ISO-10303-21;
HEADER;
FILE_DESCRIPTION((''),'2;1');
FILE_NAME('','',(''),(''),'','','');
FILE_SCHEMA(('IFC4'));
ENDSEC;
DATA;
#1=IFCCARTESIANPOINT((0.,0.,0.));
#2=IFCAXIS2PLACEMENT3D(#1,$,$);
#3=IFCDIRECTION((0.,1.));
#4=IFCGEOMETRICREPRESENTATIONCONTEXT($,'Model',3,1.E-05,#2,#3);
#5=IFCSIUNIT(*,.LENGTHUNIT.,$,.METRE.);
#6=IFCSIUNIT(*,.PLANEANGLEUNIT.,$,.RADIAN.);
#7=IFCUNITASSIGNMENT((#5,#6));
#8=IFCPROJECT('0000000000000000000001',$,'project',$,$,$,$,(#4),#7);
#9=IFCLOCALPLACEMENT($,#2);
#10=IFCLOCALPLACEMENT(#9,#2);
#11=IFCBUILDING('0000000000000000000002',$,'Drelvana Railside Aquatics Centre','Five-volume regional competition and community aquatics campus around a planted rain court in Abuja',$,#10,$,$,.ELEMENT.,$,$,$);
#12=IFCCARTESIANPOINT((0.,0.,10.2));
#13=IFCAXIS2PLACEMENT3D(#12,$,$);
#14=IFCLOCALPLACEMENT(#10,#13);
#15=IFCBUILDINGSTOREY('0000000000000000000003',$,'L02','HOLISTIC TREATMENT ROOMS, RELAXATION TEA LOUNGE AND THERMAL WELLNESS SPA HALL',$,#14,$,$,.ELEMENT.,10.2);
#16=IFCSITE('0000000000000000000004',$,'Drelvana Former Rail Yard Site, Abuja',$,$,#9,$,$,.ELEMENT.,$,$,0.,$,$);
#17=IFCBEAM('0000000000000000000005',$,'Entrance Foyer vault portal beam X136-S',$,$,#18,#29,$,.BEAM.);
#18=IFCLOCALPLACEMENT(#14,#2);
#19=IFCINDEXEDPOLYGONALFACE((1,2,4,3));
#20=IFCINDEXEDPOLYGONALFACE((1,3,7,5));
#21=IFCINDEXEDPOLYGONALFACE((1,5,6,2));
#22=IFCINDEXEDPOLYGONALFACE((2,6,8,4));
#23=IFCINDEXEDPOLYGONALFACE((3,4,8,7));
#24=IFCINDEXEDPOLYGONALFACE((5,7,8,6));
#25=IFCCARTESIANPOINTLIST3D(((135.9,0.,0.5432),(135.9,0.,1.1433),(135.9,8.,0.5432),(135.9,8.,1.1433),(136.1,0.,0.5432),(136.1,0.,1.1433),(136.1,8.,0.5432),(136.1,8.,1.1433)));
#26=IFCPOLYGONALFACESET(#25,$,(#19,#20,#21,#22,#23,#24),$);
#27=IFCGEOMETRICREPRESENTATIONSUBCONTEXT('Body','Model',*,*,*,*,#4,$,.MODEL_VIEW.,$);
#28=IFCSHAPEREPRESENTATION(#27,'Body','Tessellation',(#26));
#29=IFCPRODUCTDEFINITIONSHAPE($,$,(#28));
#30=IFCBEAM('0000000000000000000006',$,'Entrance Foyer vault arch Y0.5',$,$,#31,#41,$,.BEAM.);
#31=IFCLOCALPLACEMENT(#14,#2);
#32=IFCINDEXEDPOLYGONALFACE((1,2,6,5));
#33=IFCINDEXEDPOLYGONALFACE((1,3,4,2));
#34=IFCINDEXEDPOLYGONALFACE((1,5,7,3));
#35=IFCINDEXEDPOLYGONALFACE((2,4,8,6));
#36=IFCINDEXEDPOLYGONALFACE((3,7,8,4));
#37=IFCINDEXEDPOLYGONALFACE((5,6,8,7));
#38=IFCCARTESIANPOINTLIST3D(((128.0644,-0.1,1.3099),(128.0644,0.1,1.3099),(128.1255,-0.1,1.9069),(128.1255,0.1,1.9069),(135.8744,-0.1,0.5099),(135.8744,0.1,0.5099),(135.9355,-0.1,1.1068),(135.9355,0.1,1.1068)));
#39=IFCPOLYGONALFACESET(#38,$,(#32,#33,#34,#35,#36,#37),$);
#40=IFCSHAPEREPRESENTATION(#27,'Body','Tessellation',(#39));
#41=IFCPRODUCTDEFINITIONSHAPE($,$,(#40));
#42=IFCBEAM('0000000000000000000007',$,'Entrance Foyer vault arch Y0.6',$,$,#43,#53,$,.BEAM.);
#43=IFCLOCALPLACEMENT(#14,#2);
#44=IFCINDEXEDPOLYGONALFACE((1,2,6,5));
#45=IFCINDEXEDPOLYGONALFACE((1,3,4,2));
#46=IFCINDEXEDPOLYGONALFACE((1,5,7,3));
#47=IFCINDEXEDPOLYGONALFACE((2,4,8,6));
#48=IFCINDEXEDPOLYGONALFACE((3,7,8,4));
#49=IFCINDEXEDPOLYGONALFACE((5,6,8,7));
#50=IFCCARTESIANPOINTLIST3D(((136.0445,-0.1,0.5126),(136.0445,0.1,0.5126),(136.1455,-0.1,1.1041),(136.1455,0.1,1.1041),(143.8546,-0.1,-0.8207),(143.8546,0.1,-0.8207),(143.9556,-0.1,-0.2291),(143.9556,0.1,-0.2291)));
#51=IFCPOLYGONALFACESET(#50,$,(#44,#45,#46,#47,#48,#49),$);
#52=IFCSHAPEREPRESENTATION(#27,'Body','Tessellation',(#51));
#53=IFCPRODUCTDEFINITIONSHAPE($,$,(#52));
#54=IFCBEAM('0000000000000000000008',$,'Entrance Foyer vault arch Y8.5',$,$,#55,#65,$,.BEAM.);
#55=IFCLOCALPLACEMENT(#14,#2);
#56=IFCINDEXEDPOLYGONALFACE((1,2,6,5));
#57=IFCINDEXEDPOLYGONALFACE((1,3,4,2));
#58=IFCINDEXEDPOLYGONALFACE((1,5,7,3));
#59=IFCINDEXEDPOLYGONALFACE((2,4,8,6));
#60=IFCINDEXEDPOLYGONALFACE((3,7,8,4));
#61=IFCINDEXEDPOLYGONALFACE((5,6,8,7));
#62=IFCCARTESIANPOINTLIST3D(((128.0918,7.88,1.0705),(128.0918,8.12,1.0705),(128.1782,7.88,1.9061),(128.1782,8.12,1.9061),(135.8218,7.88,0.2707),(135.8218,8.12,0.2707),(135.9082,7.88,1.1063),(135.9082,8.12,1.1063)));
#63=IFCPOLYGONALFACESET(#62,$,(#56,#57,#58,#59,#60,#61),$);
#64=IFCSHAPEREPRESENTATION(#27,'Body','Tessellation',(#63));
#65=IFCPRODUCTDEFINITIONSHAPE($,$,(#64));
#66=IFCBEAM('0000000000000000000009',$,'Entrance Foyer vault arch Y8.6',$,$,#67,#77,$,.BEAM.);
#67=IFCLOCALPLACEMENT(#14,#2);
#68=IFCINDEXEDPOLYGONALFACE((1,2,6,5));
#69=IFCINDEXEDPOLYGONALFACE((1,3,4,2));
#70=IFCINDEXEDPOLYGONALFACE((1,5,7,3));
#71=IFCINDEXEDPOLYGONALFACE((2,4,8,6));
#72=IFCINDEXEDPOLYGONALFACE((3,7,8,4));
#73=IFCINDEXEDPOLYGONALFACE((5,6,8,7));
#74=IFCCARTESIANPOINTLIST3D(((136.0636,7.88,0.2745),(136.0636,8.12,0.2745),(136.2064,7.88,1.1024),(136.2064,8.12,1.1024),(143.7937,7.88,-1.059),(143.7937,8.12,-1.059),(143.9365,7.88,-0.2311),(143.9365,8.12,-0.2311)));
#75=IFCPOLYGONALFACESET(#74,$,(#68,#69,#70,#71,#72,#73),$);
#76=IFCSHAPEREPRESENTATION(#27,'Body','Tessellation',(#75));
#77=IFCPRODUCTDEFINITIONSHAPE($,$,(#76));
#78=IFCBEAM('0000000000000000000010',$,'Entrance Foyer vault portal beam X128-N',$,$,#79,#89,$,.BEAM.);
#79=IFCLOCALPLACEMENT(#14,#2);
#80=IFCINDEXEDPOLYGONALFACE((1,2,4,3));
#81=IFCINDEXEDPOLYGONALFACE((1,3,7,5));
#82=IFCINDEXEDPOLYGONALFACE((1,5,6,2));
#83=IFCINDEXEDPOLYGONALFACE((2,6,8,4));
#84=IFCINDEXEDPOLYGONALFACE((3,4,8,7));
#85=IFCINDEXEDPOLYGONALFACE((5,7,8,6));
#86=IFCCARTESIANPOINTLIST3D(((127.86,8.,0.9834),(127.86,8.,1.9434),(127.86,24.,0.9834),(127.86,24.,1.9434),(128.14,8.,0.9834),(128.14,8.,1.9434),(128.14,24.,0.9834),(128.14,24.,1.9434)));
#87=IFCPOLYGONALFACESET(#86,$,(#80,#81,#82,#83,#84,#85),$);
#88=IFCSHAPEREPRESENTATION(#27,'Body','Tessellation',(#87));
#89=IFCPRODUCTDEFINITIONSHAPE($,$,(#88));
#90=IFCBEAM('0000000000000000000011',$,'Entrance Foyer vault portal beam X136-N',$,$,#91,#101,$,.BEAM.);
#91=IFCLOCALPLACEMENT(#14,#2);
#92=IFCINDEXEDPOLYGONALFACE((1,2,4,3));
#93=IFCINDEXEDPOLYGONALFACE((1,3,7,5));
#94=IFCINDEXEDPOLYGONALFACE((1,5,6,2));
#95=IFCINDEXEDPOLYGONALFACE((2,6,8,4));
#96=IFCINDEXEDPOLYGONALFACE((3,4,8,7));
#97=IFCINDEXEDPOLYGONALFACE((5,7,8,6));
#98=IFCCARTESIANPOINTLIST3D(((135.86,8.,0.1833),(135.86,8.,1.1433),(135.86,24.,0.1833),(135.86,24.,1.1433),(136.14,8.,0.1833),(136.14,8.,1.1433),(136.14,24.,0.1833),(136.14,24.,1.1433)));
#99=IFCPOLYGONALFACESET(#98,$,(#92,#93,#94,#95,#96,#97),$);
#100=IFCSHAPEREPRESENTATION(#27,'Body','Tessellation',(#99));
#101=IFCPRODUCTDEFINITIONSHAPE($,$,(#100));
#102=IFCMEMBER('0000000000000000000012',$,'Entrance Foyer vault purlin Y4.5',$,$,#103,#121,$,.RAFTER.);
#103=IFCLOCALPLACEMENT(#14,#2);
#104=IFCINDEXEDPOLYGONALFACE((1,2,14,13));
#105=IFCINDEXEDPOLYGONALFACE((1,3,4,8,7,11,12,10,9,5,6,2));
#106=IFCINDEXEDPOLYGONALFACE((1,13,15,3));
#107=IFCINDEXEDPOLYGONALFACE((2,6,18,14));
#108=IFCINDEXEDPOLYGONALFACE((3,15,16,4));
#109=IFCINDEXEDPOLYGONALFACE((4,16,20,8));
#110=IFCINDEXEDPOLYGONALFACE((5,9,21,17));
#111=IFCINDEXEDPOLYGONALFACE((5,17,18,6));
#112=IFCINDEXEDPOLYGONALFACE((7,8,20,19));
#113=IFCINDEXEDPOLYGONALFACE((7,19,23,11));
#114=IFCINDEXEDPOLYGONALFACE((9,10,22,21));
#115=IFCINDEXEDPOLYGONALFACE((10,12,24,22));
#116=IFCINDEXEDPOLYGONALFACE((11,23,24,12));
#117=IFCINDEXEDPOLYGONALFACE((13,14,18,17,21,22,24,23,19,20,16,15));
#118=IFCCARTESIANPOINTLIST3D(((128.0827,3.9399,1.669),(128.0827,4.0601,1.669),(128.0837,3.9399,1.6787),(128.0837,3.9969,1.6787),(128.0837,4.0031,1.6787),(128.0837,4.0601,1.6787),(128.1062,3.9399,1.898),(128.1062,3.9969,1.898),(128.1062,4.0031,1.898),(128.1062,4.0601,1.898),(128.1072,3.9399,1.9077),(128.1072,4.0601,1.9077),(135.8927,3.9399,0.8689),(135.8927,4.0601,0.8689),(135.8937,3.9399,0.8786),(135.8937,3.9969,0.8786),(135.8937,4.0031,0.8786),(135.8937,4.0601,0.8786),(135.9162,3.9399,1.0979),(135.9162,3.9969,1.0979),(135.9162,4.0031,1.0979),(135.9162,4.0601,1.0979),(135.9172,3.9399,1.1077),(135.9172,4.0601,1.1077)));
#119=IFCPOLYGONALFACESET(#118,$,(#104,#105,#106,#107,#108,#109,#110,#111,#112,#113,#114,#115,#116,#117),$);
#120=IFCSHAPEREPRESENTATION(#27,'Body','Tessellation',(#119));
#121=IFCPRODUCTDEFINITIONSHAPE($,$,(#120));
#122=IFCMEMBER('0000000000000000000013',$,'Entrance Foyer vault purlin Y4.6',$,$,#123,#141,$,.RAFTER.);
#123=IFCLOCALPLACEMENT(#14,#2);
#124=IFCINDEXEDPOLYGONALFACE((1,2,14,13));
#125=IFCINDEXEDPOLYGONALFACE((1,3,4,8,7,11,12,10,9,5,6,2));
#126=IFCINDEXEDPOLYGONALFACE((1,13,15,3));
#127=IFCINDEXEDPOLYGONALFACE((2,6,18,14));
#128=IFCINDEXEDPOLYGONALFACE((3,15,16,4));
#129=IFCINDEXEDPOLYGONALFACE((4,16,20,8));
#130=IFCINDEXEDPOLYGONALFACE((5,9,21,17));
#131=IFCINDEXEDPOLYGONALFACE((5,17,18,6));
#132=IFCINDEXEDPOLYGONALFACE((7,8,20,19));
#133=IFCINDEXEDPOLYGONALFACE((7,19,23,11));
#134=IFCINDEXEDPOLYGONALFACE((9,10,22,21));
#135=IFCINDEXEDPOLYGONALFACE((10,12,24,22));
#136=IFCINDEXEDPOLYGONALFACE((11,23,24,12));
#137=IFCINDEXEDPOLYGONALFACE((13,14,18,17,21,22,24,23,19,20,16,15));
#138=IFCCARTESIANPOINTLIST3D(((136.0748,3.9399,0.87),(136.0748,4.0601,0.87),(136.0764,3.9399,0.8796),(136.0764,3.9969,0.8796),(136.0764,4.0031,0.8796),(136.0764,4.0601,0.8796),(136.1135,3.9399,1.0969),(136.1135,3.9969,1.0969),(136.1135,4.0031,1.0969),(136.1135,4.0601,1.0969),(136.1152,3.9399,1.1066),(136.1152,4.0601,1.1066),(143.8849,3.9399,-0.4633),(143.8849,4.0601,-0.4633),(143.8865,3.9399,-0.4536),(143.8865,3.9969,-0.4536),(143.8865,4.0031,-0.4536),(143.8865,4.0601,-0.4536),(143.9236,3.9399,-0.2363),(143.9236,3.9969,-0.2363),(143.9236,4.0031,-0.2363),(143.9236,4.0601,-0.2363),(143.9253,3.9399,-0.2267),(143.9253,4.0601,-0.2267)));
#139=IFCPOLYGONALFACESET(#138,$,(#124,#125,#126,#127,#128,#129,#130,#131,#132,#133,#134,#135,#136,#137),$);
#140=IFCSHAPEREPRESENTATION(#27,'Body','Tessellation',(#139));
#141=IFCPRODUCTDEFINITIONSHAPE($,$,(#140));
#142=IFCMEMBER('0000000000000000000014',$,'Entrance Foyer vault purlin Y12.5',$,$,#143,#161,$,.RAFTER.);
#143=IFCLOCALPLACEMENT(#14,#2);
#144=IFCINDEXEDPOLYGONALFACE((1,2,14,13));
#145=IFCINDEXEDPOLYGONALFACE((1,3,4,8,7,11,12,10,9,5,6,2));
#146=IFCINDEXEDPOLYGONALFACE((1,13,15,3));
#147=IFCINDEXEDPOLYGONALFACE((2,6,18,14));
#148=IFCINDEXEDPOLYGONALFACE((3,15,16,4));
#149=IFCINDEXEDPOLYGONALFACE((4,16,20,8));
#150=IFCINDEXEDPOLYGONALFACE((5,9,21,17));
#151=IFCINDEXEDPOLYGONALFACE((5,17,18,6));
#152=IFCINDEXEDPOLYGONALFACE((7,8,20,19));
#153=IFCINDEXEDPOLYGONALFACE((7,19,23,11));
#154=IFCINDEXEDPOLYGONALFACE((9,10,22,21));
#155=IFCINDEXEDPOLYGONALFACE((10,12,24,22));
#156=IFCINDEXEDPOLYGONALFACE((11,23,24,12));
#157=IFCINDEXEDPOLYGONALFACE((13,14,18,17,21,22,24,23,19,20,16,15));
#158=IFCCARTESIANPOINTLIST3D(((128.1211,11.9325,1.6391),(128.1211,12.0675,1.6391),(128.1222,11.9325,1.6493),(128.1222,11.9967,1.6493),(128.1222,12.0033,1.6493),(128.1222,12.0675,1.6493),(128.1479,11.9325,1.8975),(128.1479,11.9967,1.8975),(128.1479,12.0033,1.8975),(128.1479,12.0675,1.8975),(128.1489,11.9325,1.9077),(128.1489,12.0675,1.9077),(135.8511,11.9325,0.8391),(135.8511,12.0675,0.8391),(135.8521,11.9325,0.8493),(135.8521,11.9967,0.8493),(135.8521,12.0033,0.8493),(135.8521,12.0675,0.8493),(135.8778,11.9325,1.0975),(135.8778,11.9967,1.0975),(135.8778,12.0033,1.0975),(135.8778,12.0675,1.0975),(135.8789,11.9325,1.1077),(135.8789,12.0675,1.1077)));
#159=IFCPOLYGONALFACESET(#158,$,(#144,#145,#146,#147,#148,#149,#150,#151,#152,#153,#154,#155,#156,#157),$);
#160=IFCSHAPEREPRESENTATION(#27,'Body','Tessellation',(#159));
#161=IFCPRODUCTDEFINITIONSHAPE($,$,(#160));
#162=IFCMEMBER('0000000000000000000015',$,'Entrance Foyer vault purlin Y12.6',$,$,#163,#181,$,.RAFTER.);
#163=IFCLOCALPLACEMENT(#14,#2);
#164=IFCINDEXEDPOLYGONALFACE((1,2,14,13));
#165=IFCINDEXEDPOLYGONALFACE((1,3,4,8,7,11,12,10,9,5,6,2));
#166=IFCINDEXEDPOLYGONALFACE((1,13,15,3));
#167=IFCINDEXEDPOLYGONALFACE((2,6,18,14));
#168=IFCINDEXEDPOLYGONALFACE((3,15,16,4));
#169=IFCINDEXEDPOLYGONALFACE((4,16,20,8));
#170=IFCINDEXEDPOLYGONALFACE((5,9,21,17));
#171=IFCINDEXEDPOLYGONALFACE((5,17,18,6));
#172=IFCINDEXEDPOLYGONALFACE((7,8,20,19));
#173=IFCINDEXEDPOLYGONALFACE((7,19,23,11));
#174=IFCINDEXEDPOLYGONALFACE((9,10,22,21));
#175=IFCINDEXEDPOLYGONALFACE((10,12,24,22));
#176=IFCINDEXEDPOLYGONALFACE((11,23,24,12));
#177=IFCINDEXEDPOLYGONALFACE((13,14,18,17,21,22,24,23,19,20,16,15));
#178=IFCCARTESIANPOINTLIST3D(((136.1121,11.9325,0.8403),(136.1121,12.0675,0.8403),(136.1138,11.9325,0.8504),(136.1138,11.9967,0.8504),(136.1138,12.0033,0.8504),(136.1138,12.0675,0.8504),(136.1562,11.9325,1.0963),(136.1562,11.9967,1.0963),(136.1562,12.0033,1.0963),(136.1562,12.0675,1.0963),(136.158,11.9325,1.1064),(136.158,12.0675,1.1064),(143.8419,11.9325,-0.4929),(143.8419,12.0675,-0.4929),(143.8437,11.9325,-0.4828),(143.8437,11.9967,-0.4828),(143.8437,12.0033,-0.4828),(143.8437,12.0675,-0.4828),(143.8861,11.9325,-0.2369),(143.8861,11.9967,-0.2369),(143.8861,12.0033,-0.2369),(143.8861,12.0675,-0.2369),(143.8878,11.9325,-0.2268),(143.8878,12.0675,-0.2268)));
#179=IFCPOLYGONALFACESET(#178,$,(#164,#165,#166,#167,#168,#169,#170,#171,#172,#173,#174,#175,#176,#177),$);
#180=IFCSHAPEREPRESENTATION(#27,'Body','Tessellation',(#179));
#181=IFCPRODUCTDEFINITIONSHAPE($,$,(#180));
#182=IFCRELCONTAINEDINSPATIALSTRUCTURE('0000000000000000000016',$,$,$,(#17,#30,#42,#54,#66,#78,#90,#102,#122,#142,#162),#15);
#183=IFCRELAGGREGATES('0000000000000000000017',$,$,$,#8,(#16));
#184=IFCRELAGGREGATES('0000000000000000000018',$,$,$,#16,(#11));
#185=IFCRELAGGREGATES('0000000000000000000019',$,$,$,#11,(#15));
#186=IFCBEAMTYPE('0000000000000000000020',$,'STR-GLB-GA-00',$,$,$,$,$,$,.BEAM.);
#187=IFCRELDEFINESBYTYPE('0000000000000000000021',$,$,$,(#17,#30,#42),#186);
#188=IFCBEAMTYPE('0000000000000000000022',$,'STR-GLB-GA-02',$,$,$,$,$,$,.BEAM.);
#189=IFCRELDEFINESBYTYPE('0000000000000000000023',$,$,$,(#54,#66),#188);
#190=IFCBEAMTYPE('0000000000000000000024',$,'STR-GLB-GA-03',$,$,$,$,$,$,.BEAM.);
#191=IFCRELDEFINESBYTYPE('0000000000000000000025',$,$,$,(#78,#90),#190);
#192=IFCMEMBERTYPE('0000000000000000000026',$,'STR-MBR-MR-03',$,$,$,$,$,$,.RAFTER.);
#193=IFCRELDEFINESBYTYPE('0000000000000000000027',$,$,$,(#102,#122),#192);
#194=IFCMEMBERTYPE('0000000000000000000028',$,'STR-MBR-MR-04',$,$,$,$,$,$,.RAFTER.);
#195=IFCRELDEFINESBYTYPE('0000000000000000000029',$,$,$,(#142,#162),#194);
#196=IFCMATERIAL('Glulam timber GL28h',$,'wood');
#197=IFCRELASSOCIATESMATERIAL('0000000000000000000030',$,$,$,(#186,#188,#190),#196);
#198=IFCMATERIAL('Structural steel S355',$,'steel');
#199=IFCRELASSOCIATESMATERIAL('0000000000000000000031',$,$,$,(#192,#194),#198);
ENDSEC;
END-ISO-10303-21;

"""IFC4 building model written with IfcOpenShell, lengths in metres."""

from ifc_helpers import new_model, si_unit, direction, frame, origin, origin_2d, place, context, subcontext, project, spatial, rectangle, i_section, extrude, material, material_profile, profile_set, type_object, element, save


model = new_model("IFC4")

# Units and contexts
model_context = context("Model", 3, precision=1e-05, world=origin(), true_north=direction((0.0, 1.0)))
body_context = subcontext(model_context, "Body", "Model", "MODEL_VIEW")
ifc_project = project(units=[si_unit("LENGTHUNIT", "METRE"), si_unit("PLANEANGLEUNIT", "RADIAN")], contexts=[model_context])

# Site, building, storey
site_placement = place(None, origin())
site = spatial("IfcSite", under=ifc_project, at=site_placement, Name="Drelvana Former Rail Yard Site, Abuja", CompositionType="ELEMENT", RefElevation=0.0)
building_placement = place(site_placement, origin())
building = spatial("IfcBuilding", under=site, at=building_placement, Name="Drelvana Railside Aquatics Centre", Description="Five-volume regional competition and community aquatics campus around a planted rain court in Abuja", CompositionType="ELEMENT")
storey_placement = place(building_placement, frame((0.0, 0.0, 10.2)))
storey = spatial("IfcBuildingStorey", under=building, at=storey_placement, Name="L02", Description="HOLISTIC TREATMENT ROOMS, RELAXATION TEA LOUNGE AND THERMAL WELLNESS SPA HALL", CompositionType="ELEMENT", Elevation=10.2)

# Beams
ifc_material_1 = material(Name="Glulam timber GL28h", Category="wood")
ifc_material_profile_1 = material_profile(ifc_material_1, rectangle(XDim=0.2, YDim=0.6001, at=origin_2d()), Name="GL28h 200x600")
ifc_profile_set_1 = profile_set([ifc_material_profile_1], Name="Glulam timber GL28h")
beam_type_1 = type_object("IfcBeamType", Name="STR-GLB-GA-00", PredefinedType="BEAM", material=ifc_profile_set_1)
beam_1_placement = place(storey_placement, frame((136.0, 0.0, 0.8433), z_axis=(0.0, 1.0, 0.0), x_axis=(-1.0, 0.0, 0.0)))
element("IfcBeam", 1, at=beam_1_placement, inside=storey, type_object=beam_type_1, Name="Entrance Foyer vault portal beam X136-S", PredefinedType="BEAM", context=body_context, shape_type="SweptSolid", body=[
    extrude(rectangle(XDim=0.2, YDim=0.6001, at=origin_2d()), origin(), (0.0, 0.0, 1.0), 8.0),
])
beam_2_placement = place(storey_placement, frame((128.095, 0.0, 1.6084), z_axis=(0.994794, 0.0, -0.101905), x_axis=(0.0, 1.0, 0.0)))
element("IfcBeam", 2, at=beam_2_placement, inside=storey, type_object=beam_type_1, Name="Entrance Foyer vault arch Y0.5", PredefinedType="BEAM", context=body_context, shape_type="SweptSolid", body=[
    extrude(rectangle(XDim=0.2, YDim=0.6001, at=origin_2d()), origin(), (0.0, 0.0, 1.0), 7.8508),
])
beam_3_placement = place(storey_placement, frame((136.095, 0.0, 0.8083), z_axis=(0.98574, 0.0, -0.168275), x_axis=(0.0, 1.0, 0.0)))
element("IfcBeam", 3, at=beam_3_placement, inside=storey, type_object=beam_type_1, Name="Entrance Foyer vault arch Y0.6", PredefinedType="BEAM", context=body_context, shape_type="SweptSolid", body=[
    extrude(rectangle(XDim=0.2, YDim=0.6001, at=origin_2d()), origin(), (0.0, 0.0, 1.0), 7.9231),
])
ifc_material_profile_2 = material_profile(ifc_material_1, rectangle(XDim=0.24, YDim=0.8401, at=origin_2d()), Name="GL28h 240x840")
ifc_profile_set_2 = profile_set([ifc_material_profile_2], Name="Glulam timber GL28h")
beam_type_2 = type_object("IfcBeamType", Name="STR-GLB-GA-02", PredefinedType="BEAM", material=ifc_profile_set_2)
beam_4_placement = place(storey_placement, frame((128.135, 8.0, 1.4883), z_axis=(0.99469, 0.0, -0.102918), x_axis=(0.0, 1.0, 0.0)))
element("IfcBeam", 4, at=beam_4_placement, inside=storey, type_object=beam_type_2, Name="Entrance Foyer vault arch Y8.5", PredefinedType="BEAM", context=body_context, shape_type="SweptSolid", body=[
    extrude(rectangle(XDim=0.24, YDim=0.8401, at=origin_2d()), origin(), (0.0, 0.0, 1.0), 7.7712),
])
beam_5_placement = place(storey_placement, frame((136.135, 8.0, 0.6885), z_axis=(0.985444, 0.0, -0.169999), x_axis=(0.0, 1.0, 0.0)))
element("IfcBeam", 5, at=beam_5_placement, inside=storey, type_object=beam_type_2, Name="Entrance Foyer vault arch Y8.6", PredefinedType="BEAM", context=body_context, shape_type="SweptSolid", body=[
    extrude(rectangle(XDim=0.24, YDim=0.8401, at=origin_2d()), origin(), (0.0, 0.0, 1.0), 7.8442),
])
ifc_material_profile_3 = material_profile(ifc_material_1, rectangle(XDim=0.28, YDim=0.96, at=origin_2d()), Name="GL28h 280x960")
ifc_profile_set_3 = profile_set([ifc_material_profile_3], Name="Glulam timber GL28h")
beam_type_3 = type_object("IfcBeamType", Name="STR-GLB-GA-03", PredefinedType="BEAM", material=ifc_profile_set_3)
for number, where, z_axis, x_axis, name in (
    (6, (128.0, 8.0, 1.4634), (0.0, 1.0, 0.0), (-1.0, 0.0, 0.0), "Entrance Foyer vault portal beam X128-N"),
    (7, (136.0, 8.0, 0.6633), (0.0, 1.0, 0.0), (-1.0, 0.0, 0.0), "Entrance Foyer vault portal beam X136-N"),
):
    element("IfcBeam", number, at=place(storey_placement, frame(where, z_axis=z_axis, x_axis=x_axis)), inside=storey, type_object=beam_type_3, Name=name, PredefinedType="BEAM", context=body_context, shape_type="SweptSolid", body=[
        extrude(rectangle(XDim=0.28, YDim=0.96, at=origin_2d()), origin(), (0.0, 0.0, 1.0), 16.0),
    ])

# Members
ifc_material_2 = material(Name="Structural steel S355", Category="steel")
ifc_material_profile_4 = material_profile(ifc_material_2, i_section(OverallWidth=0.1201, OverallDepth=0.24, WebThickness=0.0061, FlangeThickness=0.0098, at=origin_2d()), Name="IPE 240")
ifc_profile_set_4 = profile_set([ifc_material_profile_4], Name="Structural steel S355")
member_type_1 = type_object("IfcMemberType", Name="STR-MBR-MR-03", PredefinedType="RAFTER", material=ifc_profile_set_4)
member_1_placement = place(storey_placement, frame((128.095, 4.0, 1.7883), z_axis=(0.994794, 0.0, -0.101905), x_axis=(0.0, 1.0, 0.0)))
element("IfcMember", 8, at=member_1_placement, inside=storey, type_object=member_type_1, Name="Entrance Foyer vault purlin Y4.5", PredefinedType="RAFTER", context=body_context, shape_type="SweptSolid", body=[
    extrude(i_section(OverallWidth=0.1201, OverallDepth=0.24, WebThickness=0.0061, FlangeThickness=0.0098, at=origin_2d()), origin(), (0.0, 0.0, 1.0), 7.8508),
])
member_2_placement = place(storey_placement, frame((136.095, 4.0, 0.9883), z_axis=(0.98574, 0.0, -0.168275), x_axis=(0.0, 1.0, 0.0)))
element("IfcMember", 9, at=member_2_placement, inside=storey, type_object=member_type_1, Name="Entrance Foyer vault purlin Y4.6", PredefinedType="RAFTER", context=body_context, shape_type="SweptSolid", body=[
    extrude(i_section(OverallWidth=0.1201, OverallDepth=0.24, WebThickness=0.0061, FlangeThickness=0.0098, at=origin_2d()), origin(), (0.0, 0.0, 1.0), 7.9231),
])
ifc_material_profile_5 = material_profile(ifc_material_2, i_section(OverallWidth=0.135, OverallDepth=0.27, WebThickness=0.0066, FlangeThickness=0.0103, at=origin_2d()), Name="IPE 270")
ifc_profile_set_5 = profile_set([ifc_material_profile_5], Name="Structural steel S355")
member_type_2 = type_object("IfcMemberType", Name="STR-MBR-MR-04", PredefinedType="RAFTER", material=ifc_profile_set_5)
member_3_placement = place(storey_placement, frame((128.135, 12.0, 1.7734), z_axis=(0.994687, 0.0, -0.10295), x_axis=(0.0, 1.0, 0.0)))
element("IfcMember", 10, at=member_3_placement, inside=storey, type_object=member_type_2, Name="Entrance Foyer vault purlin Y12.5", PredefinedType="RAFTER", context=body_context, shape_type="SweptSolid", body=[
    extrude(i_section(OverallWidth=0.135, OverallDepth=0.27, WebThickness=0.0066, FlangeThickness=0.0103, at=origin_2d()), origin(), (0.0, 0.0, 1.0), 7.7712),
])
member_4_placement = place(storey_placement, frame((136.135, 12.0, 0.9734), z_axis=(0.98545, 0.0, -0.169968), x_axis=(0.0, 1.0, 0.0)))
element("IfcMember", 11, at=member_4_placement, inside=storey, type_object=member_type_2, Name="Entrance Foyer vault purlin Y12.6", PredefinedType="RAFTER", context=body_context, shape_type="SweptSolid", body=[
    extrude(i_section(OverallWidth=0.135, OverallDepth=0.27, WebThickness=0.0066, FlangeThickness=0.0103, at=origin_2d()), origin(), (0.0, 0.0, 1.0), 7.844),
])

save(model, "model.ifc")
